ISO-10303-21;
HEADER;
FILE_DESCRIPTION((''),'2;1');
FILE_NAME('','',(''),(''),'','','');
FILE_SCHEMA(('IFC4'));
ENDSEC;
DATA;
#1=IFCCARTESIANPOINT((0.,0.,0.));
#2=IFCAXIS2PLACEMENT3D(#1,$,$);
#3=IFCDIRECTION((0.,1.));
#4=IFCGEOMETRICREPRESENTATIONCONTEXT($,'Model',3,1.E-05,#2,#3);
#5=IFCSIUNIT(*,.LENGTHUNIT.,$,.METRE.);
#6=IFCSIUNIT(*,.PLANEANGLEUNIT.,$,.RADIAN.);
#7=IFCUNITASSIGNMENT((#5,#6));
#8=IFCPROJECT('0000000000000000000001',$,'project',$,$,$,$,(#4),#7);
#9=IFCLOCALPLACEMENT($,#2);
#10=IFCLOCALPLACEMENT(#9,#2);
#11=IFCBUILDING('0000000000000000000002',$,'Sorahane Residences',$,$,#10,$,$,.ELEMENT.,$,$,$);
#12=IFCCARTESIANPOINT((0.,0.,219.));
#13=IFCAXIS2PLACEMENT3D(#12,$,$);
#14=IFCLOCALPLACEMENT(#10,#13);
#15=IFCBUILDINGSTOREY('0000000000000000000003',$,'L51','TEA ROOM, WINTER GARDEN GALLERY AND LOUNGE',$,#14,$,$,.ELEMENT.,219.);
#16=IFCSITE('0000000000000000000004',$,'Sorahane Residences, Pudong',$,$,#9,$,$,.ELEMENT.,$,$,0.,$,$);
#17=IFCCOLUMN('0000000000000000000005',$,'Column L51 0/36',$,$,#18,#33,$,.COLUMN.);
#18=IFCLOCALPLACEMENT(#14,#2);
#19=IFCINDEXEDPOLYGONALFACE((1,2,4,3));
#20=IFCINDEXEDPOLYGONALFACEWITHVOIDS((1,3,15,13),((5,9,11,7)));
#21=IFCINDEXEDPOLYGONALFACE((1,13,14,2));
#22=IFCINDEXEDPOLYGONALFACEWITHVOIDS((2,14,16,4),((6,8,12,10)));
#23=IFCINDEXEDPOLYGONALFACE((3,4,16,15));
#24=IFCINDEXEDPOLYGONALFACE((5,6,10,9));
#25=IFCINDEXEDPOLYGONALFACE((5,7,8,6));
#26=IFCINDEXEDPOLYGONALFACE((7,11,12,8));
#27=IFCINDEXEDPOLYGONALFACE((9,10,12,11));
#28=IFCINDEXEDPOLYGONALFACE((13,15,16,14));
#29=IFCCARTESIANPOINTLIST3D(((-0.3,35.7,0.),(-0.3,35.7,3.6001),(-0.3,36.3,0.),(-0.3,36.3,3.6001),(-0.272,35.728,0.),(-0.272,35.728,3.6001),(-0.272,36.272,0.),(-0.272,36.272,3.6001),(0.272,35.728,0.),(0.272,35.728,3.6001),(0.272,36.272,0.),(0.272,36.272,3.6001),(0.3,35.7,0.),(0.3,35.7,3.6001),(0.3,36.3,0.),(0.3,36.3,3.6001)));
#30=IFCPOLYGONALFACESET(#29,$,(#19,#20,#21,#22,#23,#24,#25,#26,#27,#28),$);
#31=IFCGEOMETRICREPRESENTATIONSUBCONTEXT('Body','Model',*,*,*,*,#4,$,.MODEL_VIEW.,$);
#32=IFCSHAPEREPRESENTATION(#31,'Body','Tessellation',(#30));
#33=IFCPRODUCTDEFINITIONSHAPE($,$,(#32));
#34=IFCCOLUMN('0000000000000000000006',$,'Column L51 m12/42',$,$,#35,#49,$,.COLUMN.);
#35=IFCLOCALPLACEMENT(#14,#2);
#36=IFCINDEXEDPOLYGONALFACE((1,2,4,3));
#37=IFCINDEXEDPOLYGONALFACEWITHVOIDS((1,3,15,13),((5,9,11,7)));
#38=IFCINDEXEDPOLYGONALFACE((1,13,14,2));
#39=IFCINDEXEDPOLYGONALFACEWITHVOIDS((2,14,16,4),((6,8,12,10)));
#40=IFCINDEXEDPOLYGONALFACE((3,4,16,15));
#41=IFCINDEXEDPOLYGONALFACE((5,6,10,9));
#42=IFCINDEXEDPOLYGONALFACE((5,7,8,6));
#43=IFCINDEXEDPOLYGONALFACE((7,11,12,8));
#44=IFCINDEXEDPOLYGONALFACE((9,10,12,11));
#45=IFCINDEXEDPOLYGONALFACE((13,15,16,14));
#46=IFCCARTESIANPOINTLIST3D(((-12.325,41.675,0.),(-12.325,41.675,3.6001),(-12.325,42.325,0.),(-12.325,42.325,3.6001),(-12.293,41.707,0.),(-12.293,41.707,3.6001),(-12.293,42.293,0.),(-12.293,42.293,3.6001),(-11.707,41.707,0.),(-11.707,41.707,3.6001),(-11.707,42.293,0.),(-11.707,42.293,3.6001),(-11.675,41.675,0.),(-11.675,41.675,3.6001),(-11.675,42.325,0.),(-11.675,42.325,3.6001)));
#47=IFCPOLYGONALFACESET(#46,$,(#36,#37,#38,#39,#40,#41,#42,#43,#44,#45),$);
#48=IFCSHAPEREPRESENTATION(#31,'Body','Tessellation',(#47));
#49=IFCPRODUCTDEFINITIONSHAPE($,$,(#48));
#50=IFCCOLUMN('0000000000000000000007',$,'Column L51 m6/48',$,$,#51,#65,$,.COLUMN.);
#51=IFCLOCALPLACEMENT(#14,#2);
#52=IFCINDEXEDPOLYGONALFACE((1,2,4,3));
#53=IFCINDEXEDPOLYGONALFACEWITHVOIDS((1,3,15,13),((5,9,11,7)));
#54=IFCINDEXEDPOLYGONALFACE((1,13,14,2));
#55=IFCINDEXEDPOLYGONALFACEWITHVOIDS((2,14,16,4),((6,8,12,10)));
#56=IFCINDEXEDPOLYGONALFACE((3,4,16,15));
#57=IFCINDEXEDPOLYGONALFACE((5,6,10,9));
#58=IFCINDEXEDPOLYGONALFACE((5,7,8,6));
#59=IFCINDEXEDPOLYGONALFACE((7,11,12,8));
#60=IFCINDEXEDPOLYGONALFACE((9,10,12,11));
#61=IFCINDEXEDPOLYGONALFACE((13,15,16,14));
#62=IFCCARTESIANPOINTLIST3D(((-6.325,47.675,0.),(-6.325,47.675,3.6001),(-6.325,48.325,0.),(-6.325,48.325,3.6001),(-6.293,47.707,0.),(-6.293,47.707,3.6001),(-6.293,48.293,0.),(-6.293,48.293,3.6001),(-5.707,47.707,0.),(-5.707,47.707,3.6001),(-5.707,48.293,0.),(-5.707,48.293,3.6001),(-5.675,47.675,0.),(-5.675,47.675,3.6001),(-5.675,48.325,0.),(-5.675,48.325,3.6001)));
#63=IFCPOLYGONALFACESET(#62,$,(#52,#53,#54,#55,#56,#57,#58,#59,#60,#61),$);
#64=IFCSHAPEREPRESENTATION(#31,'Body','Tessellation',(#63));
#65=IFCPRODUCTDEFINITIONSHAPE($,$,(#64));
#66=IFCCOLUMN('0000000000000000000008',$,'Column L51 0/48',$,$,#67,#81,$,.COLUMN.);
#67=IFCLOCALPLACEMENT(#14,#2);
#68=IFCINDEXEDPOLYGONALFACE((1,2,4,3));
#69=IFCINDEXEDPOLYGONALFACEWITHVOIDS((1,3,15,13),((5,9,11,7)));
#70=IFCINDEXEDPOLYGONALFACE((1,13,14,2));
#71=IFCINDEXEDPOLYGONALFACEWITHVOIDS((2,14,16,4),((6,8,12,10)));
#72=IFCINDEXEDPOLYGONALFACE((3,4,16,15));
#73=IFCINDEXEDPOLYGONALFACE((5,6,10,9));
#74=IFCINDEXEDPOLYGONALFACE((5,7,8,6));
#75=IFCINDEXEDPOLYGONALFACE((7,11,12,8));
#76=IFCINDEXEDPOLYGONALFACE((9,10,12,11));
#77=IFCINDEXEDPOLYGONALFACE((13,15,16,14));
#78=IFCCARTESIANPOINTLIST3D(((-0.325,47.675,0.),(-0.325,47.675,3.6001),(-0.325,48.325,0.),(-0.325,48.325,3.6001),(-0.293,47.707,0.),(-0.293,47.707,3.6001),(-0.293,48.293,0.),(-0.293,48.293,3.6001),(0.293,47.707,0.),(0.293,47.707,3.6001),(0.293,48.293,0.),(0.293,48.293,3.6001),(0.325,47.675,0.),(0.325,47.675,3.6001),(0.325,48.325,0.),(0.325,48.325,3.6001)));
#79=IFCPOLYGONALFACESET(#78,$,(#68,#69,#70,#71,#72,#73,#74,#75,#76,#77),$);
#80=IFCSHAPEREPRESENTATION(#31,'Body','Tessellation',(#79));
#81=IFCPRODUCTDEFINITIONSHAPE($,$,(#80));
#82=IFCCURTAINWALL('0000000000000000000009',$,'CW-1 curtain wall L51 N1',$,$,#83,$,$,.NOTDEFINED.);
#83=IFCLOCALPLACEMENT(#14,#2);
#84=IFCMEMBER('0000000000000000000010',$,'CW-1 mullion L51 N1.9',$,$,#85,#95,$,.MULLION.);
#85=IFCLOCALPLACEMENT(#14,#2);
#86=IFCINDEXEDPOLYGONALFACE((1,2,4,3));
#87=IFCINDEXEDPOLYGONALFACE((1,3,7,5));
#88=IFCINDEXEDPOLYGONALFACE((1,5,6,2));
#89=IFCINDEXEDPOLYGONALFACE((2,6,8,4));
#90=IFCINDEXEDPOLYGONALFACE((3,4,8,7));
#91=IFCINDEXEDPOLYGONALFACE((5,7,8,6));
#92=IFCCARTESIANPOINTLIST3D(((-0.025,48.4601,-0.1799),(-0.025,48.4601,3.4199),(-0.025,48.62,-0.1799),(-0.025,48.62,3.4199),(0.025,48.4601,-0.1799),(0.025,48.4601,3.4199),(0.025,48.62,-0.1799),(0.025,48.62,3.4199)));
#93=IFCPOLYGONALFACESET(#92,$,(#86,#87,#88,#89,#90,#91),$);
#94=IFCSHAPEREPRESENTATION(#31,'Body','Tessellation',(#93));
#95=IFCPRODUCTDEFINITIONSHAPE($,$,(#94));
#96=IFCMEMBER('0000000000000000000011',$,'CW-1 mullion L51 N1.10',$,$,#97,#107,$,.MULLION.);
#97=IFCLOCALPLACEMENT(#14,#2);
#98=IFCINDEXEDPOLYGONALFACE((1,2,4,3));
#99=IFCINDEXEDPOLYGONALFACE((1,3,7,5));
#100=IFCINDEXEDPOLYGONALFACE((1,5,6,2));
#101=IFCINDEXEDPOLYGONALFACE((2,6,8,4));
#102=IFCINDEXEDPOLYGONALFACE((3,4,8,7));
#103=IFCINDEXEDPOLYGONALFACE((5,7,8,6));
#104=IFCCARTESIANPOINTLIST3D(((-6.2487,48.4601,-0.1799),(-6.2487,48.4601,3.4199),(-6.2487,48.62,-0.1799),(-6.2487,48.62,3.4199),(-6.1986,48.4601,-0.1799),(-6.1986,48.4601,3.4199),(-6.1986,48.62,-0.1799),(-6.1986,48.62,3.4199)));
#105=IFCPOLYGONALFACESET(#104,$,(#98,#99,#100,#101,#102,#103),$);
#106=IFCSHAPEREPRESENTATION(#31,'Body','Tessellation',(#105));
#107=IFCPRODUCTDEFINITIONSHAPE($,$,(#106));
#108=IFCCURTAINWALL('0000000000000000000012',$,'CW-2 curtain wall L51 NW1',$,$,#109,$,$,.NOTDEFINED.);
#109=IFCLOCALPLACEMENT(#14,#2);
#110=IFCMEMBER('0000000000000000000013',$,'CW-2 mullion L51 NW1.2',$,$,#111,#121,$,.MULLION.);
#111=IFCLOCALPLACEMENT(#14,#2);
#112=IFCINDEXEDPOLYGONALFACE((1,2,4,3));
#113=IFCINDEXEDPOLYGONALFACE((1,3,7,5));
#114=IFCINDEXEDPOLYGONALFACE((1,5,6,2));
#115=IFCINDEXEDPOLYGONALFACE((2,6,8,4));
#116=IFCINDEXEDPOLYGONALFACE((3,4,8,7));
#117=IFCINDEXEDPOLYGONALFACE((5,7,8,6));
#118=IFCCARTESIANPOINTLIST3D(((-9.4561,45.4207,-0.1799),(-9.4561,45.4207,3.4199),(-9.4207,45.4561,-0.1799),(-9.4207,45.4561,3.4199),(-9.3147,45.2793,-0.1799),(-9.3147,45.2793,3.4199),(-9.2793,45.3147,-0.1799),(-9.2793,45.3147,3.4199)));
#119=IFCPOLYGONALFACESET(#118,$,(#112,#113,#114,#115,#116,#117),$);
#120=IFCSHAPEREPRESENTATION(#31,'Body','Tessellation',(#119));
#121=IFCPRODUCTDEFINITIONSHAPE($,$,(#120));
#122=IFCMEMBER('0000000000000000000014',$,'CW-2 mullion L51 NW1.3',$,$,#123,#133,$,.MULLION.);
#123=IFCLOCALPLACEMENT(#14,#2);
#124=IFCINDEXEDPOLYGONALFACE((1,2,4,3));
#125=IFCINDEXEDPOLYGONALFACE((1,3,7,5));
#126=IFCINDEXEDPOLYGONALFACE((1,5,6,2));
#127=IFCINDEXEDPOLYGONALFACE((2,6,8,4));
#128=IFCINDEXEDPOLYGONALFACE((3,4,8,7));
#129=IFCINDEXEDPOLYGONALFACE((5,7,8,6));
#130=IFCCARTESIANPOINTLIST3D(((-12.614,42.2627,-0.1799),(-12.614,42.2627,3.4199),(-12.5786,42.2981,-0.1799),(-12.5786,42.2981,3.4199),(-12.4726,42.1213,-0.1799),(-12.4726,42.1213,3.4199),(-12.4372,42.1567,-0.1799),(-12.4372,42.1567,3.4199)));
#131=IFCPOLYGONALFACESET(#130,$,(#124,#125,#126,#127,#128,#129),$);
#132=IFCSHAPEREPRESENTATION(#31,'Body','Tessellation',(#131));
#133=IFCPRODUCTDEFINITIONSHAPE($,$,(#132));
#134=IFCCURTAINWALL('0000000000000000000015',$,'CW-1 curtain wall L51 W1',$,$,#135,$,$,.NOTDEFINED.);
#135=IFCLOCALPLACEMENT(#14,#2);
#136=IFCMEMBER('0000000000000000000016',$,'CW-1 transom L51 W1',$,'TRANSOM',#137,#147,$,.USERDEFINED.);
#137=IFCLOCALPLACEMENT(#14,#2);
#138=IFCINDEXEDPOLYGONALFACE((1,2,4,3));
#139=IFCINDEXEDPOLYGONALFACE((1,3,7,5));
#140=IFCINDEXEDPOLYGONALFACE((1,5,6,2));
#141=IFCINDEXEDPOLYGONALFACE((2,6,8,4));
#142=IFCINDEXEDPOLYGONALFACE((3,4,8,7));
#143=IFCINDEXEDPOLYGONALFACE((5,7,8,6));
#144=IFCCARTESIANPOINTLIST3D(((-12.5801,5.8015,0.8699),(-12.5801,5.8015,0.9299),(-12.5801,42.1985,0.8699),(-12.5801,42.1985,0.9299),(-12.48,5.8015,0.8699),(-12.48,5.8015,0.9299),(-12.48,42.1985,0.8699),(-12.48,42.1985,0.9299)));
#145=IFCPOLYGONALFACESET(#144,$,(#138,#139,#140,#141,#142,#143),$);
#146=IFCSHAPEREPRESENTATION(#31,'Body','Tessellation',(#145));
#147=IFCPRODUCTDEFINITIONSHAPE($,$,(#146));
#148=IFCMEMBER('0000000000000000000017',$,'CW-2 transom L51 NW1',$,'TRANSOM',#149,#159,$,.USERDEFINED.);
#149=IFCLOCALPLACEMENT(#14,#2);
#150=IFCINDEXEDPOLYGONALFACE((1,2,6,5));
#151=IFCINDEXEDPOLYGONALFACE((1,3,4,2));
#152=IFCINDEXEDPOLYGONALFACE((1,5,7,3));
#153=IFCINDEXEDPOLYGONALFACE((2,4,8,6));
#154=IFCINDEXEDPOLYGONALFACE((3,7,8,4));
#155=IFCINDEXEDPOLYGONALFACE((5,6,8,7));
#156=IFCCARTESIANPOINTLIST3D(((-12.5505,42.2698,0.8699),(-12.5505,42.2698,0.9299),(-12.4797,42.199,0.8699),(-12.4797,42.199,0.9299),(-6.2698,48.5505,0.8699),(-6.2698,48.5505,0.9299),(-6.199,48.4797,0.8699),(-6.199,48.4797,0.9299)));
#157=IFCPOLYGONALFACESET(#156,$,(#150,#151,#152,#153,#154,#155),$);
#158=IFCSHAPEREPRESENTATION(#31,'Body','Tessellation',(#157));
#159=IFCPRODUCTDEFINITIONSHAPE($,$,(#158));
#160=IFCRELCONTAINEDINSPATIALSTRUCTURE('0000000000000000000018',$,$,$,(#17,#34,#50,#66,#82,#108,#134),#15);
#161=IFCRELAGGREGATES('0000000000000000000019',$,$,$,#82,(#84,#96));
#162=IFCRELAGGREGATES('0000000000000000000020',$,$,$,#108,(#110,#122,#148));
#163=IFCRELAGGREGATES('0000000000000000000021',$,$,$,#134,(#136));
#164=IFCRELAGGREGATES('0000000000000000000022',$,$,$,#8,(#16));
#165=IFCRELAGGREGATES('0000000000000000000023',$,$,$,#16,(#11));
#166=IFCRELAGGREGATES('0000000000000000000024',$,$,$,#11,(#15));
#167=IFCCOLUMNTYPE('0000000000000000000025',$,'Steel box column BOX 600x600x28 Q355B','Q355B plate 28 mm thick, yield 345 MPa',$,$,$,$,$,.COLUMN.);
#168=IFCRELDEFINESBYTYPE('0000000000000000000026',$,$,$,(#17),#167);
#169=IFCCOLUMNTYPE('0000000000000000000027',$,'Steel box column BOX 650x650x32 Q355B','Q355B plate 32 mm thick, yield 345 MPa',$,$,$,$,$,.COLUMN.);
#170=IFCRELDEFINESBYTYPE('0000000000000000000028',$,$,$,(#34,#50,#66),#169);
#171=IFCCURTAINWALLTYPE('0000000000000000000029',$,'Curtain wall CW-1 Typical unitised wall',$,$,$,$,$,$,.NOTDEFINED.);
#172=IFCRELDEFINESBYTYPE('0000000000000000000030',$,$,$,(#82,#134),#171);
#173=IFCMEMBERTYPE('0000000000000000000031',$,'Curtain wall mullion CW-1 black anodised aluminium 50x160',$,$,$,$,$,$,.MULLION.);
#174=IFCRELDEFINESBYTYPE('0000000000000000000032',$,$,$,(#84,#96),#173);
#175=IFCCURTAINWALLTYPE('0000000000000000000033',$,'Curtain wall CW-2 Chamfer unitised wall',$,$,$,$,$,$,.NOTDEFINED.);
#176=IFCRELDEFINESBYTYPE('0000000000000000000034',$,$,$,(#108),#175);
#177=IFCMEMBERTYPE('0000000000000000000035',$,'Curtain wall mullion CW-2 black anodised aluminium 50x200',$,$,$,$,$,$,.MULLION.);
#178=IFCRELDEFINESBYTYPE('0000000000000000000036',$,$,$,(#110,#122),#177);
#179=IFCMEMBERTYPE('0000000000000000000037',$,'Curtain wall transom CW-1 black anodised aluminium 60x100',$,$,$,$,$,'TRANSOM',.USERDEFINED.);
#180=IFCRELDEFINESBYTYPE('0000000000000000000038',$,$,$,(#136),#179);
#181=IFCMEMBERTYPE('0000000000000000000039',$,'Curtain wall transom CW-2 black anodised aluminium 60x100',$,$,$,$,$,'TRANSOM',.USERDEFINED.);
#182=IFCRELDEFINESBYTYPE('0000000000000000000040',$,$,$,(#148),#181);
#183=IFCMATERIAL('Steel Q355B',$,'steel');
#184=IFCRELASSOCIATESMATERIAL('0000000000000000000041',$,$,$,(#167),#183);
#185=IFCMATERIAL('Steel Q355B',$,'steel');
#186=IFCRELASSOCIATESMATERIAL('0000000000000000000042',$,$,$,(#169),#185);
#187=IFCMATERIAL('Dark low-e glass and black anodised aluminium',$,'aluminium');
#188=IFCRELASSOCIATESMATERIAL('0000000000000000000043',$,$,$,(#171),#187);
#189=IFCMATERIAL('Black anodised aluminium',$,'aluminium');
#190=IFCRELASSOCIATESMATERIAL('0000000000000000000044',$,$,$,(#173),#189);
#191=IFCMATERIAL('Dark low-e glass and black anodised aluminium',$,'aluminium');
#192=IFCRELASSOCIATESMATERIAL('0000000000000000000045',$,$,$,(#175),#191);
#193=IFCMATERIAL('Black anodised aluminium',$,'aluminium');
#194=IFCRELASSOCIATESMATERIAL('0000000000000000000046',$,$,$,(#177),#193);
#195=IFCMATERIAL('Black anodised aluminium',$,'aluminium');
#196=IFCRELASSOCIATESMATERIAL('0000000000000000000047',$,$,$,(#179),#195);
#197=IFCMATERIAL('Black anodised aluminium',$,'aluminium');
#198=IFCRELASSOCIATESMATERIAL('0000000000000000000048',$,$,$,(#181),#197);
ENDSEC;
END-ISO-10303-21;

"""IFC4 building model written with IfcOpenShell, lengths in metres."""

from ifc_helpers import new_model, si_unit, direction, frame, origin, origin_2d, place, context, subcontext, project, spatial, rectangle, hollow_rectangle, extrude, material, material_profile, profile_set, type_object, element, aggregate, save


model = new_model("IFC4")

# Units and contexts
model_context = context("Model", 3, precision=1e-05, world=origin(), true_north=direction((0.0, 1.0)))
body_context = subcontext(model_context, "Body", "Model", "MODEL_VIEW")
ifc_project = project(units=[si_unit("LENGTHUNIT", "METRE"), si_unit("PLANEANGLEUNIT", "RADIAN")], contexts=[model_context])

# Site, building, storey
site_placement = place(None, origin())
site = spatial("IfcSite", under=ifc_project, at=site_placement, Name="Sorahane Residences, Pudong", CompositionType="ELEMENT", RefElevation=0.0)
building_placement = place(site_placement, origin())
building = spatial("IfcBuilding", under=site, at=building_placement, Name="Sorahane Residences", CompositionType="ELEMENT")
storey_placement = place(building_placement, frame((0.0, 0.0, 219.0)))
storey = spatial("IfcBuildingStorey", under=building, at=storey_placement, Name="L51", Description="TEA ROOM, WINTER GARDEN GALLERY AND LOUNGE", CompositionType="ELEMENT", Elevation=219.0)

# Columns
ifc_material_1 = material(Name="Steel Q355B", Category="steel")
ifc_material_profile_1 = material_profile(ifc_material_1, hollow_rectangle(XDim=0.6001, YDim=0.6001, WallThickness=0.0281, at=origin_2d()), Name="BOX 600x600x28")
ifc_profile_set_1 = profile_set([ifc_material_profile_1], Name="Steel Q355B")
column_type_1 = type_object("IfcColumnType", Name="Steel box column BOX 600x600x28 Q355B", Description="Q355B plate 28 mm thick, yield 345 MPa", PredefinedType="COLUMN", material=ifc_profile_set_1)
column_placement = place(storey_placement, frame((0.0, 36.0, 0.0), z_axis=(0.0, 0.0, 1.0), x_axis=(1.0, 0.0, 0.0)))
element("IfcColumn", 1, at=column_placement, inside=storey, type_object=column_type_1, Name="Column L51 0/36", PredefinedType="COLUMN", context=body_context, shape_type="SweptSolid", body=[
    extrude(hollow_rectangle(XDim=0.6001, YDim=0.6001, WallThickness=0.0281, at=origin_2d()), origin(), (0.0, 0.0, 1.0), 3.6001),
])
ifc_material_2 = material(Name="Steel Q355B", Category="steel")
ifc_material_profile_2 = material_profile(ifc_material_2, hollow_rectangle(XDim=0.6499, YDim=0.6499, WallThickness=0.032, at=origin_2d()), Name="BOX 650x650x32")
ifc_profile_set_2 = profile_set([ifc_material_profile_2], Name="Steel Q355B")
column_type_2 = type_object("IfcColumnType", Name="Steel box column BOX 650x650x32 Q355B", Description="Q355B plate 32 mm thick, yield 345 MPa", PredefinedType="COLUMN", material=ifc_profile_set_2)
for number, where, z_axis, x_axis, name in (
    (2, (-12.0, 42.0, 0.0), (0.0, 0.0, 1.0), (1.0, 0.0, 0.0), "Column L51 m12/42"),
    (3, (-6.0, 48.0, 0.0), (0.0, 0.0, 1.0), (1.0, 0.0, 0.0), "Column L51 m6/48"),
    (4, (0.0, 48.0, 0.0), (0.0, 0.0, 1.0), (1.0, 0.0, 0.0), "Column L51 0/48"),
):
    element("IfcColumn", number, at=place(storey_placement, frame(where, z_axis=z_axis, x_axis=x_axis)), inside=storey, type_object=column_type_2, Name=name, PredefinedType="COLUMN", context=body_context, shape_type="SweptSolid", body=[
        extrude(hollow_rectangle(XDim=0.6499, YDim=0.6499, WallThickness=0.032, at=origin_2d()), origin(), (0.0, 0.0, 1.0), 3.6001),
    ])

# Curtain walls, members
ifc_material_3 = material(Name="Dark low-e glass and black anodised aluminium", Category="aluminium")
curtain_wall_type_1 = type_object("IfcCurtainWallType", Name="Curtain wall CW-1 Typical unitised wall", PredefinedType="NOTDEFINED", material=ifc_material_3)
curtain_wall_1_placement = place(storey_placement, origin())
curtain_wall_1 = element("IfcCurtainWall", 5, at=curtain_wall_1_placement, inside=storey, type_object=curtain_wall_type_1, Name="CW-1 curtain wall L51 N1", PredefinedType="NOTDEFINED")
ifc_material_4 = material(Name="Black anodised aluminium", Category="aluminium")
ifc_material_profile_3 = material_profile(ifc_material_4, rectangle(XDim=0.1599, YDim=0.05, at=origin_2d()), Name="Curtain wall mullion CW-1 black anodised aluminium 50x160")
ifc_profile_set_3 = profile_set([ifc_material_profile_3], Name="Black anodised aluminium")
member_type_1 = type_object("IfcMemberType", Name="Curtain wall mullion CW-1 black anodised aluminium 50x160", PredefinedType="MULLION", material=ifc_profile_set_3)
member_1_placement = place(storey_placement, frame((0.0, 48.54, -0.1799), z_axis=(0.0, 0.0, 1.0), x_axis=(0.0, 1.0, 0.0)))
member_1 = element("IfcMember", 6, at=member_1_placement, type_object=member_type_1, Name="CW-1 mullion L51 N1.9", PredefinedType="MULLION", context=body_context, shape_type="SweptSolid", body=[
    extrude(rectangle(XDim=0.1599, YDim=0.05, at=origin_2d()), origin(), (0.0, 0.0, 1.0), 3.5999),
])
member_2_placement = place(storey_placement, frame((-6.2236, 48.54, -0.1799), z_axis=(0.0, 0.0, 1.0), x_axis=(0.0, 1.0, 0.0)))
member_2 = element("IfcMember", 7, at=member_2_placement, type_object=member_type_1, Name="CW-1 mullion L51 N1.10", PredefinedType="MULLION", context=body_context, shape_type="SweptSolid", body=[
    extrude(rectangle(XDim=0.1599, YDim=0.05, at=origin_2d()), origin(), (0.0, 0.0, 1.0), 3.5999),
])
ifc_material_5 = material(Name="Dark low-e glass and black anodised aluminium", Category="aluminium")
curtain_wall_type_2 = type_object("IfcCurtainWallType", Name="Curtain wall CW-2 Chamfer unitised wall", PredefinedType="NOTDEFINED", material=ifc_material_5)
curtain_wall_2_placement = place(storey_placement, origin())
curtain_wall_2 = element("IfcCurtainWall", 8, at=curtain_wall_2_placement, inside=storey, type_object=curtain_wall_type_2, Name="CW-2 curtain wall L51 NW1", PredefinedType="NOTDEFINED")
ifc_material_6 = material(Name="Black anodised aluminium", Category="aluminium")
ifc_material_profile_4 = material_profile(ifc_material_6, rectangle(XDim=0.2, YDim=0.05, at=origin_2d()), Name="Curtain wall mullion CW-2 black anodised aluminium 50x200")
ifc_profile_set_4 = profile_set([ifc_material_profile_4], Name="Black anodised aluminium")
member_type_2 = type_object("IfcMemberType", Name="Curtain wall mullion CW-2 black anodised aluminium 50x200", PredefinedType="MULLION", material=ifc_profile_set_4)
member_3_placement = place(storey_placement, frame((-9.3677, 45.3677, -0.1799), z_axis=(0.0, 0.0, 1.0), x_axis=(-0.707107, 0.707107, 0.0)))
member_3 = element("IfcMember", 9, at=member_3_placement, type_object=member_type_2, Name="CW-2 mullion L51 NW1.2", PredefinedType="MULLION", context=body_context, shape_type="SweptSolid", body=[
    extrude(rectangle(XDim=0.2, YDim=0.05, at=origin_2d()), origin(), (0.0, 0.0, 1.0), 3.5999),
])
member_4_placement = place(storey_placement, frame((-12.5256, 42.2097, -0.1799), z_axis=(0.0, 0.0, 1.0), x_axis=(-0.707107, 0.707107, 0.0)))
member_4 = element("IfcMember", 10, at=member_4_placement, type_object=member_type_2, Name="CW-2 mullion L51 NW1.3", PredefinedType="MULLION", context=body_context, shape_type="SweptSolid", body=[
    extrude(rectangle(XDim=0.2, YDim=0.05, at=origin_2d()), origin(), (0.0, 0.0, 1.0), 3.5999),
])

# Curtain wall, member
curtain_wall_3_placement = place(storey_placement, origin())
curtain_wall_3 = element("IfcCurtainWall", 11, at=curtain_wall_3_placement, inside=storey, type_object=curtain_wall_type_1, Name="CW-1 curtain wall L51 W1", PredefinedType="NOTDEFINED")
ifc_material_7 = material(Name="Black anodised aluminium", Category="aluminium")
ifc_material_profile_5 = material_profile(ifc_material_7, rectangle(XDim=0.1001, YDim=0.0601, at=origin_2d()), Name="Curtain wall transom CW-1 black anodised aluminium 60x100")
ifc_profile_set_5 = profile_set([ifc_material_profile_5], Name="Black anodised aluminium")
member_type_3 = type_object("IfcMemberType", Name="Curtain wall transom CW-1 black anodised aluminium 60x100", ElementType="TRANSOM", PredefinedType="USERDEFINED", material=ifc_profile_set_5)
member_5_placement = place(storey_placement, frame((-12.53, 42.1985, 0.8999), z_axis=(0.0, -1.0, 0.0), x_axis=(1.0, 0.0, 0.0)))
member_5 = element("IfcMember", 12, at=member_5_placement, type_object=member_type_3, Name="CW-1 transom L51 W1", ObjectType="TRANSOM", PredefinedType="USERDEFINED", context=body_context, shape_type="SweptSolid", body=[
    extrude(rectangle(XDim=0.1001, YDim=0.0601, at=origin_2d()), origin(), (0.0, 0.0, 1.0), 36.397),
])

# Member
ifc_material_8 = material(Name="Black anodised aluminium", Category="aluminium")
ifc_material_profile_6 = material_profile(ifc_material_8, rectangle(XDim=0.1001, YDim=0.0601, at=origin_2d()), Name="Curtain wall transom CW-2 black anodised aluminium 60x100")
ifc_profile_set_6 = profile_set([ifc_material_profile_6], Name="Black anodised aluminium")
member_type_4 = type_object("IfcMemberType", Name="Curtain wall transom CW-2 black anodised aluminium 60x100", ElementType="TRANSOM", PredefinedType="USERDEFINED", material=ifc_profile_set_6)
member_6_placement = place(storey_placement, frame((-6.2344, 48.5151, 0.8999), z_axis=(-0.707107, -0.707107, 0.0), x_axis=(0.707107, -0.707107, 0.0)))
member_6 = element("IfcMember", 13, at=member_6_placement, type_object=member_type_4, Name="CW-2 transom L51 NW1", ObjectType="TRANSOM", PredefinedType="USERDEFINED", context=body_context, shape_type="SweptSolid", body=[
    extrude(rectangle(XDim=0.1001, YDim=0.0601, at=origin_2d()), origin(), (0.0, 0.0, 1.0), 8.8823),
])

aggregate(curtain_wall_1, [member_1, member_2])
aggregate(curtain_wall_2, [member_3, member_4, member_6])
aggregate(curtain_wall_3, [member_5])

save(model, "model.ifc")
